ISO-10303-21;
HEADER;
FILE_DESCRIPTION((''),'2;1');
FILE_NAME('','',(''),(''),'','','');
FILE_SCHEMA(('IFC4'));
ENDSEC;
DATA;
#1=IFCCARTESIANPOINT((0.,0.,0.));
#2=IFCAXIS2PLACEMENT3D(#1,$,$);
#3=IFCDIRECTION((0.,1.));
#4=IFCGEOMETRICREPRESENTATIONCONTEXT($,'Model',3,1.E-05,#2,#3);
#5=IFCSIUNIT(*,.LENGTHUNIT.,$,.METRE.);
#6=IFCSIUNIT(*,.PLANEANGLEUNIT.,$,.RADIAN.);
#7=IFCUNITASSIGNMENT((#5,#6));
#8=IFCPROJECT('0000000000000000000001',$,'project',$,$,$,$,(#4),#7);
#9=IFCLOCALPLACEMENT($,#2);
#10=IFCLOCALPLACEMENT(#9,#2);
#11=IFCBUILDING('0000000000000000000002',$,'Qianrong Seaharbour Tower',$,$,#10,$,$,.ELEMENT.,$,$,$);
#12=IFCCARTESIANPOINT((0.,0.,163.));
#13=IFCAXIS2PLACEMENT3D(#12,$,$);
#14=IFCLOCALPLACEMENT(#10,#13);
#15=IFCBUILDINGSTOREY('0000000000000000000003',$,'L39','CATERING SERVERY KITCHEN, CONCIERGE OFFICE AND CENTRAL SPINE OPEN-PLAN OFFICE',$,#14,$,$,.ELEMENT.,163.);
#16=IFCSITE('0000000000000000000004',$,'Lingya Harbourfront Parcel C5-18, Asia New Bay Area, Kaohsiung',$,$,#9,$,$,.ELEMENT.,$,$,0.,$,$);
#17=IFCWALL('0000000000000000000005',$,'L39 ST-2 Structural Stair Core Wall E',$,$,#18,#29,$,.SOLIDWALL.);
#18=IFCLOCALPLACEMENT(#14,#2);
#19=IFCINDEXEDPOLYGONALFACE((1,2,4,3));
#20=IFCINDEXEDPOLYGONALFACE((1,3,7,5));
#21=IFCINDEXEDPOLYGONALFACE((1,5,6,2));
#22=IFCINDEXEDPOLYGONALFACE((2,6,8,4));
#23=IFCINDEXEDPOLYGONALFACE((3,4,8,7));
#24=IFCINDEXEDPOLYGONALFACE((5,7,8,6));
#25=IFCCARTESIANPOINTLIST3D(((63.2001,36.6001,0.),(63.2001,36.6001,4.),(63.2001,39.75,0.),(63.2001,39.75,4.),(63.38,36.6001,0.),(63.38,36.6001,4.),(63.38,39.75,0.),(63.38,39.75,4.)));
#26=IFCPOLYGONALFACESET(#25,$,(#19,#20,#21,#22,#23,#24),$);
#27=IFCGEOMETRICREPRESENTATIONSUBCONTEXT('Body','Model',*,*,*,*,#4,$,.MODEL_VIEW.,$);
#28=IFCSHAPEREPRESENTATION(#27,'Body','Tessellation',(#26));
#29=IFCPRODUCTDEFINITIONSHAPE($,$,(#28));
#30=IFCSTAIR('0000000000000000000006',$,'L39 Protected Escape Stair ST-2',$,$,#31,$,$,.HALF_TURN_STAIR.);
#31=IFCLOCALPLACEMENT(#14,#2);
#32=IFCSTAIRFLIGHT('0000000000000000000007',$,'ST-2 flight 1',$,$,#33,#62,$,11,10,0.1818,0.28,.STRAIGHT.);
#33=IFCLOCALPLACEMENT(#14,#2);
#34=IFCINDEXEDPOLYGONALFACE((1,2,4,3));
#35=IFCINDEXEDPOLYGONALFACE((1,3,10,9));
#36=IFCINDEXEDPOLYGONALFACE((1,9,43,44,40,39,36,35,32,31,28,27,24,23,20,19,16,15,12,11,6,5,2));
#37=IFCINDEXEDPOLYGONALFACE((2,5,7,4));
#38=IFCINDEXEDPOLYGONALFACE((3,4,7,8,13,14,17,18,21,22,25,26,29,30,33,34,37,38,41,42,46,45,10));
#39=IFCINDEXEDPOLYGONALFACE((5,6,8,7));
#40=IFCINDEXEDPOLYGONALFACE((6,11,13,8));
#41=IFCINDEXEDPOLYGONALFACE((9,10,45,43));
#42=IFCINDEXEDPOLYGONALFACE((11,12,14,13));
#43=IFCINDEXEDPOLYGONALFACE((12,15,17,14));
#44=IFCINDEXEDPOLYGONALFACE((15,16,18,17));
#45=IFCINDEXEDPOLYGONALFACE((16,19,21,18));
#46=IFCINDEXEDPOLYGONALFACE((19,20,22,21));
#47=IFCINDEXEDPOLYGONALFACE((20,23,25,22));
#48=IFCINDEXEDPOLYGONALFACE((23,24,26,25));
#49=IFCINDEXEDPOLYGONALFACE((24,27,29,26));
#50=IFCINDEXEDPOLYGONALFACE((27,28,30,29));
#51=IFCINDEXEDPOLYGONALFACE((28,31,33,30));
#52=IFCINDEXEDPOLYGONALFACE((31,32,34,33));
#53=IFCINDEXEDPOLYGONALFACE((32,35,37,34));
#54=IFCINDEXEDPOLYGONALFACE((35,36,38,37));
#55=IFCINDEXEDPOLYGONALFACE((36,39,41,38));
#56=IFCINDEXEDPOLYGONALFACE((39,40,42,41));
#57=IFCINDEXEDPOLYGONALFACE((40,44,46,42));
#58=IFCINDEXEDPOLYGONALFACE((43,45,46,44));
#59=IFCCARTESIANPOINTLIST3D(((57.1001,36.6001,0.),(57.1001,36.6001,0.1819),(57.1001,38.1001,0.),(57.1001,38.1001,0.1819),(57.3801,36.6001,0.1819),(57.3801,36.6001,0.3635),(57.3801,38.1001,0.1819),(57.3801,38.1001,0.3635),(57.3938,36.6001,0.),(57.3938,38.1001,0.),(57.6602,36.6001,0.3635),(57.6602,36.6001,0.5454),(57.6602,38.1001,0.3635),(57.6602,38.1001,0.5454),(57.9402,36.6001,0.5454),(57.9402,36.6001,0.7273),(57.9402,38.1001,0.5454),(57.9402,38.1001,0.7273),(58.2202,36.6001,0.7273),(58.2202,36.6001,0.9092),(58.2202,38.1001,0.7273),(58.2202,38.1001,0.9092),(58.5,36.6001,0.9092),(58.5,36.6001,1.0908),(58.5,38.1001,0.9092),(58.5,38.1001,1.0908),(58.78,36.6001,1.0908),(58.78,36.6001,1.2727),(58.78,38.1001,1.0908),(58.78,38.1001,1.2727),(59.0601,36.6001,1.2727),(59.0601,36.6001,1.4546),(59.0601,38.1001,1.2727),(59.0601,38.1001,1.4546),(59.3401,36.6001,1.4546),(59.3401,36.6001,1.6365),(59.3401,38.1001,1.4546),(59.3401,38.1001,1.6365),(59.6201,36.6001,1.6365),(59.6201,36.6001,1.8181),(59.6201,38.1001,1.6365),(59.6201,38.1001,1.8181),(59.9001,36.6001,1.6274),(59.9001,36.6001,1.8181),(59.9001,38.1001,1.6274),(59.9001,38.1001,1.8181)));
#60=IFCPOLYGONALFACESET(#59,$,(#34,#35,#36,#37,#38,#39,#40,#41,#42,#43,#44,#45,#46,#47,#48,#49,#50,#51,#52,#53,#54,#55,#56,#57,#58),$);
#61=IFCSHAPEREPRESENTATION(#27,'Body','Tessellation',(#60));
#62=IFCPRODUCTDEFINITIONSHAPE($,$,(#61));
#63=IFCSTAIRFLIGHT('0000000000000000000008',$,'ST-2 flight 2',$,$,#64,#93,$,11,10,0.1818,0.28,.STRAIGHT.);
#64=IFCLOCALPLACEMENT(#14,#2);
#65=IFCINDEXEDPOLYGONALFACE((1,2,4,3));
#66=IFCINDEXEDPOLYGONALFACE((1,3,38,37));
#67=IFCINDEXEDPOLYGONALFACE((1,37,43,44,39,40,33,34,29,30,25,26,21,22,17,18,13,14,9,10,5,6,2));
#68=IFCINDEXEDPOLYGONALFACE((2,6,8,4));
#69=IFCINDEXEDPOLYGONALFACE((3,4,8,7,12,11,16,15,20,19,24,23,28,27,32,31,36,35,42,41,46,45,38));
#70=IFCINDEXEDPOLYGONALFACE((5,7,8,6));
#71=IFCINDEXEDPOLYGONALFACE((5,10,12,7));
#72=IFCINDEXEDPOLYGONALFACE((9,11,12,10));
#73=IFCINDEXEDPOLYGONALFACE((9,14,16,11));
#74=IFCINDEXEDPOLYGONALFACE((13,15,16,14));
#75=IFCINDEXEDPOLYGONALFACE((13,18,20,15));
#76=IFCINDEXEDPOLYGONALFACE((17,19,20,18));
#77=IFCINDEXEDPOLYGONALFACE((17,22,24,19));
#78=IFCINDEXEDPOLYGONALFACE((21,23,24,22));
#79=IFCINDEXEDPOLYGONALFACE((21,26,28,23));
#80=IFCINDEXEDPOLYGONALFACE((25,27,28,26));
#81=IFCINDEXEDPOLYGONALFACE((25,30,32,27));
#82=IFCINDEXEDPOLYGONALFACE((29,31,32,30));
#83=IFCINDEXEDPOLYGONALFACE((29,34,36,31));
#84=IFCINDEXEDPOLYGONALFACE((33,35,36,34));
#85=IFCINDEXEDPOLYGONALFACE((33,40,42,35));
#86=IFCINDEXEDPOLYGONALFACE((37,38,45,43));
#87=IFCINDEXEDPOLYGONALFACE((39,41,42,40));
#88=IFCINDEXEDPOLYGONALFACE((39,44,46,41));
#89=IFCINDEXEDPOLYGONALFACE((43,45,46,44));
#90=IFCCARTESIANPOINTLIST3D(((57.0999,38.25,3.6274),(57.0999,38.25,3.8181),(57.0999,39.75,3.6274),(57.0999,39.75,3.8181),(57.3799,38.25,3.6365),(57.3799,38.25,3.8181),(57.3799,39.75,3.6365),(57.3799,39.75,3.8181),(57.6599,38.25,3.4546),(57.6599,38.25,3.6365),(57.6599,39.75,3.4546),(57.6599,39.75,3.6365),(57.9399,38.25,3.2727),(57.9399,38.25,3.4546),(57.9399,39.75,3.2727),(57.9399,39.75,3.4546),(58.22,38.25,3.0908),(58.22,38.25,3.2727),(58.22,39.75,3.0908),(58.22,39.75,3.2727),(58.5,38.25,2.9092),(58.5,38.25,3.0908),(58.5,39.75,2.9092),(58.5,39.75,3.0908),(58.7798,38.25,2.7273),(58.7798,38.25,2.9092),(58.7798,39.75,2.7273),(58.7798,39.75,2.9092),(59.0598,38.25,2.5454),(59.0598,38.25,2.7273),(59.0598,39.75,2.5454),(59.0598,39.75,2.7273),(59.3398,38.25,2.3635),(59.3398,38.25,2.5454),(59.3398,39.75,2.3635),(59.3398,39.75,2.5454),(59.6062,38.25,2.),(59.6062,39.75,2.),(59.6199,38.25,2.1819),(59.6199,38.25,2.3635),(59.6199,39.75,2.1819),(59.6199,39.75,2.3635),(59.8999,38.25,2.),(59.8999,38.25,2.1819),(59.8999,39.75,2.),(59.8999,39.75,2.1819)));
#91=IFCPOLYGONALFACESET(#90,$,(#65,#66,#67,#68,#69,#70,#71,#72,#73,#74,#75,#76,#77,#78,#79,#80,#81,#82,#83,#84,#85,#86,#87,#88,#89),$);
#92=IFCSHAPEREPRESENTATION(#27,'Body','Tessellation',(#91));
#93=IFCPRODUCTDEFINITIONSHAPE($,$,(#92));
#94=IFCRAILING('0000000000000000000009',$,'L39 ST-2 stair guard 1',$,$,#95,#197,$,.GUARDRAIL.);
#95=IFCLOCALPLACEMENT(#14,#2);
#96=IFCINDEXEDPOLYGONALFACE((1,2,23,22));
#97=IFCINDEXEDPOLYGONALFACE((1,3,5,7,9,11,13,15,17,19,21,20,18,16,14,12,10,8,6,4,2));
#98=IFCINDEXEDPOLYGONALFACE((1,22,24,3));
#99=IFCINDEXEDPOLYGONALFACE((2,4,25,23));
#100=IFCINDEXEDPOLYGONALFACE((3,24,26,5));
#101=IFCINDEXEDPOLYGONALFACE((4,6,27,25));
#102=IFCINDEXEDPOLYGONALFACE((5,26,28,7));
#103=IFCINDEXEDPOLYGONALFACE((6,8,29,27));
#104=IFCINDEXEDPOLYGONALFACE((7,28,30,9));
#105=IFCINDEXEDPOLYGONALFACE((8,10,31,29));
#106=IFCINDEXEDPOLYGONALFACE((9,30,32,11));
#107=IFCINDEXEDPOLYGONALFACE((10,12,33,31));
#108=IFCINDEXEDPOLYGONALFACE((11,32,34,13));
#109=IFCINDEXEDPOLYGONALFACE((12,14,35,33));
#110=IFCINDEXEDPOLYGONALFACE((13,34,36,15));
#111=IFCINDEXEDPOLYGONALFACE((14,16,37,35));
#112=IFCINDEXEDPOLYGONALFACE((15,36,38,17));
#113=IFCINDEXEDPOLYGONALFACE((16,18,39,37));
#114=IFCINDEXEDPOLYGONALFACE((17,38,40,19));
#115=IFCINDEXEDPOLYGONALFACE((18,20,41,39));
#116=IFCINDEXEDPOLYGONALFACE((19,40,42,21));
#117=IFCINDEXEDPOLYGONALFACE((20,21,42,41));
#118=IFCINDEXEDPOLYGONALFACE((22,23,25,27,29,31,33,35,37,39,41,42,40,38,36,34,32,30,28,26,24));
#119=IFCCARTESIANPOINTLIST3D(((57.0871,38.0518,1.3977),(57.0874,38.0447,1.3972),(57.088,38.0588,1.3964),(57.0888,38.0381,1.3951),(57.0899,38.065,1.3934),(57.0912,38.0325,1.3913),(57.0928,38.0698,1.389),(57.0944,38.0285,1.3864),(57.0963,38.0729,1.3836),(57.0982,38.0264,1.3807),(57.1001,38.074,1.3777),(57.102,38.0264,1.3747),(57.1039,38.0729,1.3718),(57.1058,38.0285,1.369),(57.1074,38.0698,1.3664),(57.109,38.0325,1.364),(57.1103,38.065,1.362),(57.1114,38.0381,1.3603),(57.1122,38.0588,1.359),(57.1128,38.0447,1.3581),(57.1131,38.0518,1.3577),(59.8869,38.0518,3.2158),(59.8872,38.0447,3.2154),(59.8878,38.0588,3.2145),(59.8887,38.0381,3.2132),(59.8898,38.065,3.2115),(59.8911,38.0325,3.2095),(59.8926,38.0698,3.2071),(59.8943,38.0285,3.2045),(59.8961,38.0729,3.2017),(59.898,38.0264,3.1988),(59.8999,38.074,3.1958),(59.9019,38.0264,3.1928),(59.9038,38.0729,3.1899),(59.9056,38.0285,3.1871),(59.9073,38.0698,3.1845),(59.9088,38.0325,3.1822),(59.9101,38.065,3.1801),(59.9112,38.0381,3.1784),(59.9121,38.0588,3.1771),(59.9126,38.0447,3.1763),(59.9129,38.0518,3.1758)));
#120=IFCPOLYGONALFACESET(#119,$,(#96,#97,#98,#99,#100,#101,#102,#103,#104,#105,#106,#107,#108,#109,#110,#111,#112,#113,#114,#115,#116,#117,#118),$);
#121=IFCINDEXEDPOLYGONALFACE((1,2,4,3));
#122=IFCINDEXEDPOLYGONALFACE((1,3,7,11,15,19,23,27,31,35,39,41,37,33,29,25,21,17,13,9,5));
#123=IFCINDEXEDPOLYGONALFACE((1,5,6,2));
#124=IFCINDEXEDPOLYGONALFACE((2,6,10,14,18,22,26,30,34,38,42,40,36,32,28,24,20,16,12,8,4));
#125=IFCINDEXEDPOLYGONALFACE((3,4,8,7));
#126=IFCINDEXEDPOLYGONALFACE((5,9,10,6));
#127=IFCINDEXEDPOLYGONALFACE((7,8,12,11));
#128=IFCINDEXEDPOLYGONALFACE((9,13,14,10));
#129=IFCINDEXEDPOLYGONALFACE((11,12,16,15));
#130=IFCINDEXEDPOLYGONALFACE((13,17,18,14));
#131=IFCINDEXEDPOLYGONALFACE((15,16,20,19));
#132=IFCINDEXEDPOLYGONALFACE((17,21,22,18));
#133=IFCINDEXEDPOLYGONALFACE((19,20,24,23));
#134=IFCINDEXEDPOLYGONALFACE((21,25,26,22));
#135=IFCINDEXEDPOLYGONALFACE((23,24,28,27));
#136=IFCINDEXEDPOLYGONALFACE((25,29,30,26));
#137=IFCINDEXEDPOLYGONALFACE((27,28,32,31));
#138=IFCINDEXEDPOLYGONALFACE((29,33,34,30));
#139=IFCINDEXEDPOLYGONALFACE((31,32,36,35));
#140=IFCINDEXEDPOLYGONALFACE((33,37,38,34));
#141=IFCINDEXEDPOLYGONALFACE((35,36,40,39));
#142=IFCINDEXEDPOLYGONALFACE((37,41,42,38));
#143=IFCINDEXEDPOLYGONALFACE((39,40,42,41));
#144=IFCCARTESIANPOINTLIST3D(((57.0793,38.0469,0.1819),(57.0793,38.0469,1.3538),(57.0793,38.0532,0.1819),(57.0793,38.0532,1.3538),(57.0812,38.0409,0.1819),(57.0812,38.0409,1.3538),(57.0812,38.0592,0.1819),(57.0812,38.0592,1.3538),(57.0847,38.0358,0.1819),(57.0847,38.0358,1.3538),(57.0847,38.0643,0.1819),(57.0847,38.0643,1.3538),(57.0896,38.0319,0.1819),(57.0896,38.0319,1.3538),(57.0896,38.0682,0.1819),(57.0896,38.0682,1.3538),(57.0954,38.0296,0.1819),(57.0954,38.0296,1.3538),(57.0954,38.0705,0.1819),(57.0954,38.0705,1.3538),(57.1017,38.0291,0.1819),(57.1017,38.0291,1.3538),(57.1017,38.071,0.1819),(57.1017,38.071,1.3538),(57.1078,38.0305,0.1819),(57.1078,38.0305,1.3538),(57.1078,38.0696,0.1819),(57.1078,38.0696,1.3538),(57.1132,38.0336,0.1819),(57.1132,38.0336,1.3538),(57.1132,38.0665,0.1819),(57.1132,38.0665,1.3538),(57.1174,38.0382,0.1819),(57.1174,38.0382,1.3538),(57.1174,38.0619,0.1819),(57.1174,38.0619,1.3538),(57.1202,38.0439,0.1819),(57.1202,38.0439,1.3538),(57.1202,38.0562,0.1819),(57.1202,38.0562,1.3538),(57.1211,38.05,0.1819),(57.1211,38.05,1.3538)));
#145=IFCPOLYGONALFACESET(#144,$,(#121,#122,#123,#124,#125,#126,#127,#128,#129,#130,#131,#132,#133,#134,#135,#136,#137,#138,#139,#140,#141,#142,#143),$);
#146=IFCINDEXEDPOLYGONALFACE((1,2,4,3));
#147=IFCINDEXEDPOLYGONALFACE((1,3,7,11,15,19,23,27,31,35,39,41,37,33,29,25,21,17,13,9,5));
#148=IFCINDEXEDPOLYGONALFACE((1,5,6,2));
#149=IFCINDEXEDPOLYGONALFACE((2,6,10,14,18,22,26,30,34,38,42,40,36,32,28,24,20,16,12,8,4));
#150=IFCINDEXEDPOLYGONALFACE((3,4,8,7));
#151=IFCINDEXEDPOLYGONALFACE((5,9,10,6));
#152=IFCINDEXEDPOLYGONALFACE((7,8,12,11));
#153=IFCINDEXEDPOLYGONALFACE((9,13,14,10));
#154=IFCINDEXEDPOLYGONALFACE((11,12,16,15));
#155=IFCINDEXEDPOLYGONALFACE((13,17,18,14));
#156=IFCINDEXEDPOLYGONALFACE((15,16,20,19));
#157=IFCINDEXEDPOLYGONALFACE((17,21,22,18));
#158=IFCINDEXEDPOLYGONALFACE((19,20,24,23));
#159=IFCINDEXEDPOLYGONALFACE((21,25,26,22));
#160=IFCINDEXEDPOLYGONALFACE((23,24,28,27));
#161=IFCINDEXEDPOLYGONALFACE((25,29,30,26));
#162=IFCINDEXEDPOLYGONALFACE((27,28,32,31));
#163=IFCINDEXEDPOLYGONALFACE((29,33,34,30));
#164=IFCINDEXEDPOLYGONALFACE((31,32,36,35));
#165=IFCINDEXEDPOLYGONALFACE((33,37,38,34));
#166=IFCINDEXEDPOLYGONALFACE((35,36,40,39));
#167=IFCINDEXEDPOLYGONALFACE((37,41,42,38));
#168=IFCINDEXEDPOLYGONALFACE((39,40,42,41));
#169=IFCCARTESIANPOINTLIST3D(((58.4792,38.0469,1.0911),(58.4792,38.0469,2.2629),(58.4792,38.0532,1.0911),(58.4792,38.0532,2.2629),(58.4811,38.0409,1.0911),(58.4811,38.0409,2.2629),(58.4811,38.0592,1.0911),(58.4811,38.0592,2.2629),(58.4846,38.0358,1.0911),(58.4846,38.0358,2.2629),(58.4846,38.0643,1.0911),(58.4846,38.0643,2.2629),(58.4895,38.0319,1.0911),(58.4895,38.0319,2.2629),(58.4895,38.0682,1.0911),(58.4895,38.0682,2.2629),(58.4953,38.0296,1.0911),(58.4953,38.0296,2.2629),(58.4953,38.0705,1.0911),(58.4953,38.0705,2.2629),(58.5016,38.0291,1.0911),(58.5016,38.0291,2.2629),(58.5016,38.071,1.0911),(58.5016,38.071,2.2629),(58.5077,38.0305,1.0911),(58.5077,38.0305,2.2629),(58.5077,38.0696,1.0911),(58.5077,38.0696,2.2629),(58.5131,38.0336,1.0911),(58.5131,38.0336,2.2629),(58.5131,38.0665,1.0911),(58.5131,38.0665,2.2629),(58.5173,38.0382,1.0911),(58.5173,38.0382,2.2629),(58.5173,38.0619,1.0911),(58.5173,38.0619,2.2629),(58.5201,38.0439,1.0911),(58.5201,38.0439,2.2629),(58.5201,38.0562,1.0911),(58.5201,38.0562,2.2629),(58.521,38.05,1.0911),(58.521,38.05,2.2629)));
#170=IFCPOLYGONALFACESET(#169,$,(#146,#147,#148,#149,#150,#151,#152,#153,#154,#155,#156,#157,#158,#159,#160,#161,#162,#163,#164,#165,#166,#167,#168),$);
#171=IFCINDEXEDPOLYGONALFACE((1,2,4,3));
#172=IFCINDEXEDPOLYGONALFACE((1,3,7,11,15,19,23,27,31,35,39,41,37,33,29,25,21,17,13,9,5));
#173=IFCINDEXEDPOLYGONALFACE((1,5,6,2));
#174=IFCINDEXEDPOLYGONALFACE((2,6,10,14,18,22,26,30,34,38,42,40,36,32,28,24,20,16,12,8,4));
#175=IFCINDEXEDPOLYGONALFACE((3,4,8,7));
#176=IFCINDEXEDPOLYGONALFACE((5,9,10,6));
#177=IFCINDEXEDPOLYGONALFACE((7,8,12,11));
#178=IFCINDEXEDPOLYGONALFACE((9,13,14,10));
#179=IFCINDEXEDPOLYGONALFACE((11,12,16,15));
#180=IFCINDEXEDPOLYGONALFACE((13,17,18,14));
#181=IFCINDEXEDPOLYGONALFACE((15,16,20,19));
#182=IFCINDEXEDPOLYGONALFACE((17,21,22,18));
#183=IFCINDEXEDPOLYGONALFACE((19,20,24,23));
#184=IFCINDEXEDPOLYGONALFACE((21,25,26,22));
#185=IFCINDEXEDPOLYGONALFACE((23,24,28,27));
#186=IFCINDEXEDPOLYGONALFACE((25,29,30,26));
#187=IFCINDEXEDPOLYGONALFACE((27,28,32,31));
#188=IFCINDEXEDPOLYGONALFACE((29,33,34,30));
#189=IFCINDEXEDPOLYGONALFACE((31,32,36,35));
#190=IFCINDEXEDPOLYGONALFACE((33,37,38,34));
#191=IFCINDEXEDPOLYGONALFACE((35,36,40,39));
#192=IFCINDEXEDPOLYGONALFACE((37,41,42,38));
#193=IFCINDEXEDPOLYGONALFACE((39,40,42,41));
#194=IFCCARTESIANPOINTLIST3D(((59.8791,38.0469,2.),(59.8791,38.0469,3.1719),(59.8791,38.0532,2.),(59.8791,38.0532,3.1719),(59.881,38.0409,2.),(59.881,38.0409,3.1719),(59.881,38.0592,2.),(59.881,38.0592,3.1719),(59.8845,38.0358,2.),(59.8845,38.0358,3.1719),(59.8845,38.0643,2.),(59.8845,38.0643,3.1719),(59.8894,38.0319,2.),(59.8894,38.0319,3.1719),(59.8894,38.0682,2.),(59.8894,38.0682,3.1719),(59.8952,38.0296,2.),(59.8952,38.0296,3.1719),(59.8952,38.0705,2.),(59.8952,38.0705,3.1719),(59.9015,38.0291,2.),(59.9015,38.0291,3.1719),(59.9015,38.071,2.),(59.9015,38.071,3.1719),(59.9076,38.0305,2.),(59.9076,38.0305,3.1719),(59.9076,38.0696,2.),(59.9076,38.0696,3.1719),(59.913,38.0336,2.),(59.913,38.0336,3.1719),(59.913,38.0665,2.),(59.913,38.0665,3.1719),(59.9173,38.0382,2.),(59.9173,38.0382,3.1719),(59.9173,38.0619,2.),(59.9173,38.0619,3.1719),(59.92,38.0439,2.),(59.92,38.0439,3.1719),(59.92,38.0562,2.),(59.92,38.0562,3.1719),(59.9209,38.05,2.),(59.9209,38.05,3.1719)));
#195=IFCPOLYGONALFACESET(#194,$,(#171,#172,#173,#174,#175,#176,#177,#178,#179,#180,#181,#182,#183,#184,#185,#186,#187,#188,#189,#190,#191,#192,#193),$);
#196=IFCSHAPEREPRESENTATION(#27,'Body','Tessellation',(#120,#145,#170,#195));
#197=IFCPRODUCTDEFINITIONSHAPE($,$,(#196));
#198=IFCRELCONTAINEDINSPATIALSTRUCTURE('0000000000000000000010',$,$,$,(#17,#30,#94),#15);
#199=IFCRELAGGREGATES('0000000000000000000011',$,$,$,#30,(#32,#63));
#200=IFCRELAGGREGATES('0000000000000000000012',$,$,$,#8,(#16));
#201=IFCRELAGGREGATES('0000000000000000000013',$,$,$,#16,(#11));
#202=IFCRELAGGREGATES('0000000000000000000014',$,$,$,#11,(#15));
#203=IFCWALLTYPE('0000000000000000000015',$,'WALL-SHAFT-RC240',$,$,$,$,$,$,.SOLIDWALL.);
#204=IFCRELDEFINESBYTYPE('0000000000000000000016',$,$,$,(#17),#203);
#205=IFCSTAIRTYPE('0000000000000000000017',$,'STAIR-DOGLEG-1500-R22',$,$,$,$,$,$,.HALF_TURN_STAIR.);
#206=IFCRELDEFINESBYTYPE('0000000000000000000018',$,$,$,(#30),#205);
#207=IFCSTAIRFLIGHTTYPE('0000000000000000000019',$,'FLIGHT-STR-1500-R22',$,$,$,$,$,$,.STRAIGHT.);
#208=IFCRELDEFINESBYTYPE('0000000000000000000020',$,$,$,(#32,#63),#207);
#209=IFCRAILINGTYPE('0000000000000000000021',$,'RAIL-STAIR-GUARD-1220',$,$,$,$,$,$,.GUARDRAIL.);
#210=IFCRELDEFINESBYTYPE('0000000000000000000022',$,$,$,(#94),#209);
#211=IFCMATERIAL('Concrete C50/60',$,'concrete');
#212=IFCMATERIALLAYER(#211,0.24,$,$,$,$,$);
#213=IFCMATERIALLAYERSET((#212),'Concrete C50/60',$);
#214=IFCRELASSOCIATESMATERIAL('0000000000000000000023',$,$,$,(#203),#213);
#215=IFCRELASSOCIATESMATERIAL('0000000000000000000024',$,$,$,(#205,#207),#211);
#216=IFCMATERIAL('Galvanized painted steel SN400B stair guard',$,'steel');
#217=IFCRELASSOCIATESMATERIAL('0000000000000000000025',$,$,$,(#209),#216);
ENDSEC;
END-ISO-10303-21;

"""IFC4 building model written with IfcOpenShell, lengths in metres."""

from ifc_helpers import new_model, si_unit, direction, frame, frame_2d, origin, origin_2d, place, context, subcontext, project, spatial, polyline, rectangle, circle, outline, extrude, material, layer, layer_set, type_object, element, aggregate, save


model = new_model("IFC4")

# Units and contexts
model_context = context("Model", 3, precision=1e-05, world=origin(), true_north=direction((0.0, 1.0)))
body_context = subcontext(model_context, "Body", "Model", "MODEL_VIEW")
ifc_project = project(units=[si_unit("LENGTHUNIT", "METRE"), si_unit("PLANEANGLEUNIT", "RADIAN")], contexts=[model_context])

# Site, building, storey
site_placement = place(None, origin())
site = spatial("IfcSite", under=ifc_project, at=site_placement, Name="Lingya Harbourfront Parcel C5-18, Asia New Bay Area, Kaohsiung", CompositionType="ELEMENT", RefElevation=0.0)
building_placement = place(site_placement, origin())
building = spatial("IfcBuilding", under=site, at=building_placement, Name="Qianrong Seaharbour Tower", CompositionType="ELEMENT")
storey_placement = place(building_placement, frame((0.0, 0.0, 163.0)))
storey = spatial("IfcBuildingStorey", under=building, at=storey_placement, Name="L39", Description="CATERING SERVERY KITCHEN, CONCIERGE OFFICE AND CENTRAL SPINE OPEN-PLAN OFFICE", CompositionType="ELEMENT", Elevation=163.0)

# Shared definitions
ifc_material_1 = material(Name="Concrete C50/60", Category="concrete")
ifc_layer_1 = layer(ifc_material_1, 0.24)
ifc_layer_set_1 = layer_set([ifc_layer_1], Name="Concrete C50/60")
wall_type_1 = type_object("IfcWallType", Name="WALL-SHAFT-RC240", PredefinedType="SOLIDWALL", material=ifc_layer_set_1)

# Wall
wall_1_placement = place(storey_placement, frame((63.29, 36.6001, 0.0), z_axis=(0.0, 0.0, 1.0), x_axis=(0.0, 1.0, 0.0)))
element("IfcWall", 1, at=wall_1_placement, inside=storey, type_object=wall_type_1, Name="L39 ST-2 Structural Stair Core Wall E", PredefinedType="SOLIDWALL", context=body_context, shape_type="SweptSolid", body=[
    extrude(rectangle(XDim=3.1499, YDim=0.1799, at=frame_2d((1.575, 0.0))), origin(), (0.0, 0.0, 1.0), 4.0),
])

# Stair, stair flights
stair_type = type_object("IfcStairType", Name="STAIR-DOGLEG-1500-R22", PredefinedType="HALF_TURN_STAIR", material=ifc_material_1)
stair_placement = place(storey_placement, origin())
stair = element("IfcStair", 2, at=stair_placement, inside=storey, type_object=stair_type, Name="L39 Protected Escape Stair ST-2", PredefinedType="HALF_TURN_STAIR")
stair_flight_type = type_object("IfcStairFlightType", Name="FLIGHT-STR-1500-R22", PredefinedType="STRAIGHT", material=ifc_material_1)
stair_flight_1_placement = place(storey_placement, frame((57.1001, 37.3501, 0.0), z_axis=(0.0, 0.0, 1.0), x_axis=(1.0, 0.0, 0.0)))
stair_flight_1 = element("IfcStairFlight", 3, at=stair_flight_1_placement, type_object=stair_flight_type, Name="ST-2 flight 1", NumberOfRisers=11, NumberOfTreads=10, PredefinedType="STRAIGHT", RiserHeight=0.1818, TreadLength=0.28, context=body_context, shape_type="SweptSolid", body=[
    extrude(outline(polyline([(0.0, 0.0), (0.0, 0.1819), (0.28, 0.1819), (0.28, 0.3635), (0.5601, 0.3635), (0.5601, 0.5454), (0.8401, 0.5454), (0.8401, 0.7273), (1.1201, 0.7273), (1.1201, 0.9092), (1.3999, 0.9092), (1.3999, 1.0908), (1.6799, 1.0908), (1.6799, 1.2727), (1.96, 1.2727), (1.96, 1.4546), (2.24, 1.4546), (2.24, 1.6365), (2.52, 1.6365), (2.52, 1.8181), (2.8, 1.8181), (2.8, 2.0), (2.8, 1.6274), (0.2937, 0.0), (0.0, 0.0)])), frame((0.0, 0.75, 0.0), z_axis=(0.0, -1.0, 0.0), x_axis=(1.0, 0.0, 0.0)), (0.0, 0.0, 1.0), 1.5),
])
stair_flight_2_placement = place(storey_placement, frame((59.8999, 39.0, 2.0), z_axis=(0.0, 0.0, 1.0), x_axis=(-1.0, 0.0, 0.0)))
stair_flight_2 = element("IfcStairFlight", 4, at=stair_flight_2_placement, type_object=stair_flight_type, Name="ST-2 flight 2", NumberOfRisers=11, NumberOfTreads=10, PredefinedType="STRAIGHT", RiserHeight=0.1818, TreadLength=0.28, context=body_context, shape_type="SweptSolid", body=[
    extrude(outline(polyline([(0.0, 0.0), (0.0, 0.1819), (0.28, 0.1819), (0.28, 0.3635), (0.5601, 0.3635), (0.5601, 0.5454), (0.8401, 0.5454), (0.8401, 0.7273), (1.1201, 0.7273), (1.1201, 0.9092), (1.3999, 0.9092), (1.3999, 1.0908), (1.6799, 1.0908), (1.6799, 1.2727), (1.96, 1.2727), (1.96, 1.4546), (2.24, 1.4546), (2.24, 1.6365), (2.52, 1.6365), (2.52, 1.8181), (2.8, 1.8181), (2.8, 2.0), (2.8, 1.6274), (0.2937, 0.0), (0.0, 0.0)])), frame((0.0, 0.75, 0.0), z_axis=(0.0, -1.0, 0.0), x_axis=(1.0, 0.0, 0.0)), (0.0, 0.0, 1.0), 1.5),
])
aggregate(stair, [stair_flight_1, stair_flight_2])

# Railing
ifc_material_2 = material(Name="Galvanized painted steel SN400B stair guard", Category="steel")
railing_type_1 = type_object("IfcRailingType", Name="RAIL-STAIR-GUARD-1220", PredefinedType="GUARDRAIL", material=ifc_material_2)
railing_1_placement = place(storey_placement, frame((57.1001, 38.05, 0.1819)))
element("IfcRailing", 5, at=railing_1_placement, inside=storey, type_object=railing_type_1, Name="L39 ST-2 stair guard 1", PredefinedType="GUARDRAIL", context=body_context, shape_type="SweptSolid", body=[
    extrude(circle(Radius=0.0239, at=origin_2d()), frame((0.0, 0.0, 1.1958), z_axis=(0.838684, 0.0, 0.544618), x_axis=(0.0, 1.0, 0.0)), (0.0, 0.0, 1.0), 3.3384),
    extrude(circle(Radius=0.021, at=origin_2d()), origin(), (0.0, 0.0, 1.0), 1.1719),
    extrude(circle(Radius=0.021, at=origin_2d()), frame((1.3999, 0.0, 0.9092)), (0.0, 0.0, 1.0), 1.1719),
    extrude(circle(Radius=0.021, at=origin_2d()), frame((2.7998, 0.0, 1.8181)), (0.0, 0.0, 1.0), 1.1719),
])

save(model, "model.ifc")
